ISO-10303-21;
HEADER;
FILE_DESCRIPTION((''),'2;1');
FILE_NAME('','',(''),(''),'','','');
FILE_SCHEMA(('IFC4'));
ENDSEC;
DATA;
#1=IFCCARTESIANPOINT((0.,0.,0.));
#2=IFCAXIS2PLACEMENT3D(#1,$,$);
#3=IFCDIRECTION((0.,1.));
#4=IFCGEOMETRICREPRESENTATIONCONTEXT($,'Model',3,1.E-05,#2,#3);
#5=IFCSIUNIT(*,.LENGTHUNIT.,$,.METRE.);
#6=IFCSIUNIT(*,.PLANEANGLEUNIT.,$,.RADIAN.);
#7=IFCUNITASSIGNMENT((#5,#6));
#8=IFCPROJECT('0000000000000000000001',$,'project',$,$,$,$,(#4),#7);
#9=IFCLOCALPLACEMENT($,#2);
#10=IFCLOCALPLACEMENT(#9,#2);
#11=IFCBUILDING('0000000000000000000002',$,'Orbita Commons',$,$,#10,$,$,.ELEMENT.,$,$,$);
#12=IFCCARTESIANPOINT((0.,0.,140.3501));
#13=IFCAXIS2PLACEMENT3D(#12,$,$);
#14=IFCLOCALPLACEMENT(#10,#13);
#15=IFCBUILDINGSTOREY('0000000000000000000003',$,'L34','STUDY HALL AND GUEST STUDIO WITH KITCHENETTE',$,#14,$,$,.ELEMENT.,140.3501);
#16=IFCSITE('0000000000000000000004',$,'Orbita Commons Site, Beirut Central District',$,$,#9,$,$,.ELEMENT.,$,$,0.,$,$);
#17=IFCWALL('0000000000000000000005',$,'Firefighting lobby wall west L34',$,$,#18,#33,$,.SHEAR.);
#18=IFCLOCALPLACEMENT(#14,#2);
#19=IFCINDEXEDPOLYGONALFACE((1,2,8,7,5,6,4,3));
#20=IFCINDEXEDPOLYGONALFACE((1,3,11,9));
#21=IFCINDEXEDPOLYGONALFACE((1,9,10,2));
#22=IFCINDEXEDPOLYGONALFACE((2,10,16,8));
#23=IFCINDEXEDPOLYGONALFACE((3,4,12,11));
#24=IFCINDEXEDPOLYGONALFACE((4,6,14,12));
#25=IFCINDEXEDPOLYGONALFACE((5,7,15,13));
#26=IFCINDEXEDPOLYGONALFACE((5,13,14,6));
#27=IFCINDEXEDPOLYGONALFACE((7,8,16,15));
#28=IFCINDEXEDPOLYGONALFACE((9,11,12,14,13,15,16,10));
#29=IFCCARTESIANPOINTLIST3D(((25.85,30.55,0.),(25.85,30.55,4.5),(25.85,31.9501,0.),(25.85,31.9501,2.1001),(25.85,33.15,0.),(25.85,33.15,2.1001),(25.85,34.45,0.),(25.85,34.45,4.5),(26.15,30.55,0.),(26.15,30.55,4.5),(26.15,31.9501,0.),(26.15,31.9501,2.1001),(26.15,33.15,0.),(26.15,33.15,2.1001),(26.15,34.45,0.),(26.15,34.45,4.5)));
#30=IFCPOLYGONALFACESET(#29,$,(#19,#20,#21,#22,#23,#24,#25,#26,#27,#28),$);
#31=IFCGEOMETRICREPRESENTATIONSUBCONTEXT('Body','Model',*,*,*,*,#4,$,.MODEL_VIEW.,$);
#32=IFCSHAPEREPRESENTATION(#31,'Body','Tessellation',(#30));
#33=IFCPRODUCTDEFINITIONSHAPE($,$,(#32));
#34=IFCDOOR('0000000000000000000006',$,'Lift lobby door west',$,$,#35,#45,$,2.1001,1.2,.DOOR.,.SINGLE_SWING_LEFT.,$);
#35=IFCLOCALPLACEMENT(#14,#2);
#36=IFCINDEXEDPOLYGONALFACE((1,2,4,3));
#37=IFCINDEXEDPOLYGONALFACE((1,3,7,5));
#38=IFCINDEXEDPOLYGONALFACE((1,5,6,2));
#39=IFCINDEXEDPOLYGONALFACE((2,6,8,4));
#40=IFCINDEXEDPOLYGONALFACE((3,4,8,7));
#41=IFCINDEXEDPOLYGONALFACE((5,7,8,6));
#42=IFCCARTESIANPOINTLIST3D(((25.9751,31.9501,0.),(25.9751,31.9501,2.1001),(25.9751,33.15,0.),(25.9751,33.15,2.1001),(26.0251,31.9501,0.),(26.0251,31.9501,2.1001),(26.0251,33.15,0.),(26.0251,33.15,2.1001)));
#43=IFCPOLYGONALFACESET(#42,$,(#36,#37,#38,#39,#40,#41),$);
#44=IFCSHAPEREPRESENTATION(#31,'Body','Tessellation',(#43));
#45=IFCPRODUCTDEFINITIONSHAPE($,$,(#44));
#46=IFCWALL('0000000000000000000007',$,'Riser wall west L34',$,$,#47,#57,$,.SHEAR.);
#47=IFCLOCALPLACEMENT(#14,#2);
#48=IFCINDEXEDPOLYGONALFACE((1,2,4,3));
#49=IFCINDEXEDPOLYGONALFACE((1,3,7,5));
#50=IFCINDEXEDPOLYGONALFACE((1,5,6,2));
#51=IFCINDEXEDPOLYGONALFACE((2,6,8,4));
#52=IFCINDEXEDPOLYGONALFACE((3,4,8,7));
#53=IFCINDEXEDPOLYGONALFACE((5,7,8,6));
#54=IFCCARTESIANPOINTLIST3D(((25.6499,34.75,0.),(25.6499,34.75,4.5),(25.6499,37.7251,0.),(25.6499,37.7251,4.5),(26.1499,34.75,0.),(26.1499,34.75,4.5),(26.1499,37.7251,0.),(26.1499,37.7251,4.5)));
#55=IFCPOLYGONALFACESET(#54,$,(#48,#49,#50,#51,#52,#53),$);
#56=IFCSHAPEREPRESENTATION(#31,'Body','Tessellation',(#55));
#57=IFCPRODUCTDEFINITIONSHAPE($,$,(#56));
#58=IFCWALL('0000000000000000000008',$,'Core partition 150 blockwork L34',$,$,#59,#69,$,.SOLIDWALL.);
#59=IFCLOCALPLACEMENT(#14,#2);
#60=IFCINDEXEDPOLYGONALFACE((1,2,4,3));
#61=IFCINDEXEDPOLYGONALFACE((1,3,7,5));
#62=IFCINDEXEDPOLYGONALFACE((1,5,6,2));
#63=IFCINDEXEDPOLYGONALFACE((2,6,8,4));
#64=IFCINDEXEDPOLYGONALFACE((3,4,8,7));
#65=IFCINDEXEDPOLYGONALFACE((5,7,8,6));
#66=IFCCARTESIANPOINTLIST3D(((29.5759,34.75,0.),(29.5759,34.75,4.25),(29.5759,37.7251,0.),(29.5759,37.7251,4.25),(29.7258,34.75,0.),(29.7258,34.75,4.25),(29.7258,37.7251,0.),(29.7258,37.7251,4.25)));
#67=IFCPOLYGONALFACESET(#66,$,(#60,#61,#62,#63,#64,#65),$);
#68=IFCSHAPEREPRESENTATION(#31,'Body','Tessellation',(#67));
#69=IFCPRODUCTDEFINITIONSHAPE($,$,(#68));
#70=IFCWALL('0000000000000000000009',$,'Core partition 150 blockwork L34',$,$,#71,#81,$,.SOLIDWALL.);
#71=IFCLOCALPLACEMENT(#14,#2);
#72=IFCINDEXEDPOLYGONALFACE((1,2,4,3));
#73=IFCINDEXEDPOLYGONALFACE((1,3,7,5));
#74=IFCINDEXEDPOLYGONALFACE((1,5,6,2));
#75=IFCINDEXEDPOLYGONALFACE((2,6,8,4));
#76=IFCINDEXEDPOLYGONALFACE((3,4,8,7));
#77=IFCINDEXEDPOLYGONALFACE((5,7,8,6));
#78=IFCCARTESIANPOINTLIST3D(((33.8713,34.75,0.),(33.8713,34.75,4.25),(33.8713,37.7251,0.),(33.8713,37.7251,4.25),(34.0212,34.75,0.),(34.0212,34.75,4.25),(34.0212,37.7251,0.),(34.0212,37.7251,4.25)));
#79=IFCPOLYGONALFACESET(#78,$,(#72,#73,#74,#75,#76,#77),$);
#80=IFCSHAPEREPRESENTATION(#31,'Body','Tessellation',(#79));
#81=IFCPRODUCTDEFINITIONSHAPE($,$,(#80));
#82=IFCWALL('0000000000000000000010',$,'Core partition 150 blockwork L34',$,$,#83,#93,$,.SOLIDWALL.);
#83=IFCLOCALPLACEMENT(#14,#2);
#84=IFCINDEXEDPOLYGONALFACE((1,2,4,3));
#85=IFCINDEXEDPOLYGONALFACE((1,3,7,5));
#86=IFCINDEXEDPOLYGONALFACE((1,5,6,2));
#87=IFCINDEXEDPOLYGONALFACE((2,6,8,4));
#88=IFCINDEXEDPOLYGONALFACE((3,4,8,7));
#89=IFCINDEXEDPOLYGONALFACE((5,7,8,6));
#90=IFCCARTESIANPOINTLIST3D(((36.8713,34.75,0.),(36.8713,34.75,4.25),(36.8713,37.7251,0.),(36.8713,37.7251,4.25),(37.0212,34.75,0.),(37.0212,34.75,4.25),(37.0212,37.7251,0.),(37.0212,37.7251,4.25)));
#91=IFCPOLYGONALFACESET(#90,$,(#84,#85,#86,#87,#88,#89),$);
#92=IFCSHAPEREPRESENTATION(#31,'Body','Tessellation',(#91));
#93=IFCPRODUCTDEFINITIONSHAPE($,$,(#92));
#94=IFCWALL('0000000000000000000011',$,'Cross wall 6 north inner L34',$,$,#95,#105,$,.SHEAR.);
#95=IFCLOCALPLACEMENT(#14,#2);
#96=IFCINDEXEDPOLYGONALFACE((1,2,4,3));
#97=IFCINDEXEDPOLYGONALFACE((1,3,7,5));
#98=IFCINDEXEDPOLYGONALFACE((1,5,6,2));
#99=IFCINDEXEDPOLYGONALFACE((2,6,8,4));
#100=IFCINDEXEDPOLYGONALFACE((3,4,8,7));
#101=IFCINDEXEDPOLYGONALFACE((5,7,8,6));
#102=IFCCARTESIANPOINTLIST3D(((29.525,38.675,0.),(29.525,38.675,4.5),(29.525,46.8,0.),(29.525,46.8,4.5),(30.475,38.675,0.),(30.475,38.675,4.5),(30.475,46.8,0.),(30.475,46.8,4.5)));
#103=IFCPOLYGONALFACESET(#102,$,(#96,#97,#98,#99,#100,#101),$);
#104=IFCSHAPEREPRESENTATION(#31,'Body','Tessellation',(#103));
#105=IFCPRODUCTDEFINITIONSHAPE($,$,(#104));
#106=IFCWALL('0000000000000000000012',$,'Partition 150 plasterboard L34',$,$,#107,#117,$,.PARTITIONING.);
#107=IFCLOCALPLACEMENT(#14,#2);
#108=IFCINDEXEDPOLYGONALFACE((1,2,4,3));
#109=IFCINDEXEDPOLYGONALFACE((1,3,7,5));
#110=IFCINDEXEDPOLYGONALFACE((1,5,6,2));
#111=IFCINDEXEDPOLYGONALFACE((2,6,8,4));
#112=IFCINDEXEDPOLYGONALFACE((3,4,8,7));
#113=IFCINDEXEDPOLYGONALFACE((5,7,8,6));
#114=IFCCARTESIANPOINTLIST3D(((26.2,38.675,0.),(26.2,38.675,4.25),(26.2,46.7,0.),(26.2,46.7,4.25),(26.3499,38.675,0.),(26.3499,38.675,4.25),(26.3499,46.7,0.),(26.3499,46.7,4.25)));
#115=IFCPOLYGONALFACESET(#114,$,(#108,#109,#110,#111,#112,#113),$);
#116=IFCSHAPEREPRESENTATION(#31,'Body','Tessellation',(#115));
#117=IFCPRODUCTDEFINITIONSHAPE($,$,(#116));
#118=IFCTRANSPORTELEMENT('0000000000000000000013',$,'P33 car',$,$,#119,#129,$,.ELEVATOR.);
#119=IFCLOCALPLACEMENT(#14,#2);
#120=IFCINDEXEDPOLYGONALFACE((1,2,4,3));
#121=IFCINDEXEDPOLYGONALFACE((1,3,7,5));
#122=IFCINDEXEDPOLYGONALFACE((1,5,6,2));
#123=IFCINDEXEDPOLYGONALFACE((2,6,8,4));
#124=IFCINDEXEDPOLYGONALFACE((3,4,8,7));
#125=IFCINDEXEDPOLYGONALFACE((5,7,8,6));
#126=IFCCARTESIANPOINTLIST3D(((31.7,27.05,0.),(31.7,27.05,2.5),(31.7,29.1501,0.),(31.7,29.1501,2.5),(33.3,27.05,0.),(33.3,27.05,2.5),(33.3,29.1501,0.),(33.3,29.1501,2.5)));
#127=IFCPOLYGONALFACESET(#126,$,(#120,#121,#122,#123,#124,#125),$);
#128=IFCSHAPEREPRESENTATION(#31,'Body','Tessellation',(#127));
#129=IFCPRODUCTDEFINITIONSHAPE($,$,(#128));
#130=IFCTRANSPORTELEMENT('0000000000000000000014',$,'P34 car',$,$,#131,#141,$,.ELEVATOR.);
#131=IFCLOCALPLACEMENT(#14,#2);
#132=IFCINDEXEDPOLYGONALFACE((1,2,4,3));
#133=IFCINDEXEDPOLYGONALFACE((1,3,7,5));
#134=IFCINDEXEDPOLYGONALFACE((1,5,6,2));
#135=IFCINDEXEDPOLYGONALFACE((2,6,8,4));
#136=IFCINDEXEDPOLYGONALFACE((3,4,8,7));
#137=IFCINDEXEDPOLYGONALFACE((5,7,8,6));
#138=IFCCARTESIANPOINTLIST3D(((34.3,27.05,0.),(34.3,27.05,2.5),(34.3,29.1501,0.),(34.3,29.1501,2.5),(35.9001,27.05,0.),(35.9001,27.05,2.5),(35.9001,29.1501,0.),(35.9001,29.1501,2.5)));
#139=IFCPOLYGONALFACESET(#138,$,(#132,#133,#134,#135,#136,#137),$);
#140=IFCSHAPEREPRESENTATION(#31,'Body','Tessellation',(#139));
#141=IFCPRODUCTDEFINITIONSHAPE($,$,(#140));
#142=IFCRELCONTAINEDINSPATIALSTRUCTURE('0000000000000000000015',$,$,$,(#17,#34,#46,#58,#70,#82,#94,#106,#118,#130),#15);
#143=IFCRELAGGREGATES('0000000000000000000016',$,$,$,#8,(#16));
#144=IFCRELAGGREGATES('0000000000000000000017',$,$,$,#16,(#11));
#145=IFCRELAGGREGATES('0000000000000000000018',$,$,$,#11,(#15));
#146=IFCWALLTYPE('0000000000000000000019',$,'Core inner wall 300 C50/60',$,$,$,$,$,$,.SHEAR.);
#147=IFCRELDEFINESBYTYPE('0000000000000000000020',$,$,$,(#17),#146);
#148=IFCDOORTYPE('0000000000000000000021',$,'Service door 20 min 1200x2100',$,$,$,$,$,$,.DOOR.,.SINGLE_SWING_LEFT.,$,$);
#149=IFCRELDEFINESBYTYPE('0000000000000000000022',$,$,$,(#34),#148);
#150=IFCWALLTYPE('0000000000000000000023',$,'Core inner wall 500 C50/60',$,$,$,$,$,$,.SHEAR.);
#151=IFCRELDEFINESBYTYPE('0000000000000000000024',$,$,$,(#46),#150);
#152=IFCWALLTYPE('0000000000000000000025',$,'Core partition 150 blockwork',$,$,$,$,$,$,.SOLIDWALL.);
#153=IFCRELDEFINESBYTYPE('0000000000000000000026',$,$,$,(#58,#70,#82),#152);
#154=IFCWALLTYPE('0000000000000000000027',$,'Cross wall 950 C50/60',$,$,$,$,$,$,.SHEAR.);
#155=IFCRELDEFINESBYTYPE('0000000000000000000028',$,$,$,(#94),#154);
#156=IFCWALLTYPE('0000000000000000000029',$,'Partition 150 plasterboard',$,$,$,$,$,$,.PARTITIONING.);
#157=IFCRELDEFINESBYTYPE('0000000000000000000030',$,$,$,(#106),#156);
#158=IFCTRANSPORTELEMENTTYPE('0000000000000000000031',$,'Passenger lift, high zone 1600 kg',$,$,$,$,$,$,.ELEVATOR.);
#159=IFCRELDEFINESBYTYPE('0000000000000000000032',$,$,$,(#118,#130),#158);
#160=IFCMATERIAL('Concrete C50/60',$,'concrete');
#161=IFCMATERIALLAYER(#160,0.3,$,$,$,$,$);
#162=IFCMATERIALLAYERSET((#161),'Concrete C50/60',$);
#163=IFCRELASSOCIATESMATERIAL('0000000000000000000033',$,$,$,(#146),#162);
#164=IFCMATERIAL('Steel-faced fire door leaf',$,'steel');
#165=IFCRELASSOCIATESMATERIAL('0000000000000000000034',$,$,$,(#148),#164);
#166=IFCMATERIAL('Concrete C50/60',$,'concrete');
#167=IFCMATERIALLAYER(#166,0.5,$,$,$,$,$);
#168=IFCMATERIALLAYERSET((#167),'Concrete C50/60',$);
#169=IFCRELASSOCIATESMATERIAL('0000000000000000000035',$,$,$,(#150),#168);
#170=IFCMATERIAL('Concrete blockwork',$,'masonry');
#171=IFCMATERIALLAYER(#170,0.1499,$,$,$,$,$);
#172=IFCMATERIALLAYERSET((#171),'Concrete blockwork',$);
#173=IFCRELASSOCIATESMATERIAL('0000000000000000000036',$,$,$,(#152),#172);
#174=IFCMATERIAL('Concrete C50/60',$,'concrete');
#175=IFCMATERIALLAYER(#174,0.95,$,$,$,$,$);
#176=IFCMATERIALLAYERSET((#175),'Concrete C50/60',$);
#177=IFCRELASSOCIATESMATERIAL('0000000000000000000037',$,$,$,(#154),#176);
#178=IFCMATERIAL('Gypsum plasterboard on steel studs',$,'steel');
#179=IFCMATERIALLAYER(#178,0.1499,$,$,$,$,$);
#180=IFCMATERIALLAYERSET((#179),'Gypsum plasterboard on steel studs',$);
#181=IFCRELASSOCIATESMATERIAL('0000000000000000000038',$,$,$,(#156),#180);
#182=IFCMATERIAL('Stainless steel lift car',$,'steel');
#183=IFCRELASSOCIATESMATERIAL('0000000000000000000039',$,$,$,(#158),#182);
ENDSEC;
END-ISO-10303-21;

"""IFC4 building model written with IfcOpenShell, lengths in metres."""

from ifc_helpers import new_model, si_unit, direction, frame, frame_2d, origin, origin_2d, place, context, subcontext, project, spatial, rectangle, extrude, material, layer, layer_set, type_object, element, fill, save


model = new_model("IFC4")

# Units and contexts
model_context = context("Model", 3, precision=1e-05, world=origin(), true_north=direction((0.0, 1.0)))
body_context = subcontext(model_context, "Body", "Model", "MODEL_VIEW")
ifc_project = project(units=[si_unit("LENGTHUNIT", "METRE"), si_unit("PLANEANGLEUNIT", "RADIAN")], contexts=[model_context])

# Site, building, storey
site_placement = place(None, origin())
site = spatial("IfcSite", under=ifc_project, at=site_placement, Name="Orbita Commons Site, Beirut Central District", CompositionType="ELEMENT", RefElevation=0.0)
building_placement = place(site_placement, origin())
building = spatial("IfcBuilding", under=site, at=building_placement, Name="Orbita Commons", CompositionType="ELEMENT")
storey_placement = place(building_placement, frame((0.0, 0.0, 140.3501)))
storey = spatial("IfcBuildingStorey", under=building, at=storey_placement, Name="L34", Description="STUDY HALL AND GUEST STUDIO WITH KITCHENETTE", CompositionType="ELEMENT", Elevation=140.3501)

# Wall, opening, door
ifc_material_1 = material(Name="Concrete C50/60", Category="concrete")
ifc_layer_1 = layer(ifc_material_1, 0.3)
ifc_layer_set_1 = layer_set([ifc_layer_1], Name="Concrete C50/60")
wall_type_1 = type_object("IfcWallType", Name="Core inner wall 300 C50/60", PredefinedType="SHEAR", material=ifc_layer_set_1)
wall_1_placement = place(storey_placement, frame((26.0, 30.55, 0.0), z_axis=(0.0, 0.0, 1.0), x_axis=(0.0, 1.0, 0.0)))
wall_1 = element("IfcWall", 1, at=wall_1_placement, inside=storey, type_object=wall_type_1, Name="Firefighting lobby wall west L34", PredefinedType="SHEAR", context=body_context, shape_type="SweptSolid", body=[
    extrude(rectangle(XDim=3.8999, YDim=0.3, at=frame_2d((1.95, 0.0))), origin(), (0.0, 0.0, 1.0), 4.5),
])
opening_placement = place(wall_1_placement, frame((1.3999, 0.0, 0.0)))
opening = element("IfcOpeningElement", 2, at=opening_placement, cuts=wall_1, PredefinedType="OPENING", context=body_context, shape_type="SweptSolid", body=[
    extrude(rectangle(XDim=1.2, YDim=2.1001, at=frame_2d((0.6001, 1.05))), frame((0.0, 0.1599, 0.0), z_axis=(0.0, -1.0, 0.0), x_axis=(1.0, 0.0, 0.0)), (0.0, 0.0, 1.0), 0.3201),
])
ifc_material_2 = material(Name="Steel-faced fire door leaf", Category="steel")
door_type = type_object("IfcDoorType", Name="Service door 20 min 1200x2100", OperationType="SINGLE_SWING_LEFT", PredefinedType="DOOR", material=ifc_material_2)
door_placement = place(opening_placement, origin())
door = element("IfcDoor", 3, at=door_placement, inside=storey, type_object=door_type, Name="Lift lobby door west", OperationType="SINGLE_SWING_LEFT", OverallHeight=2.1001, OverallWidth=1.2, PredefinedType="DOOR", context=body_context, shape_type="SweptSolid", body=[
    extrude(rectangle(XDim=1.2, YDim=2.1001, at=frame_2d((0.6001, 1.05))), frame((0.0, 0.0249, 0.0), z_axis=(0.0, -1.0, 0.0), x_axis=(1.0, 0.0, 0.0)), (0.0, 0.0, 1.0), 0.05),
])
fill(opening, door)

# Walls
ifc_material_3 = material(Name="Concrete C50/60", Category="concrete")
ifc_layer_2 = layer(ifc_material_3, 0.5)
ifc_layer_set_2 = layer_set([ifc_layer_2], Name="Concrete C50/60")
wall_type_2 = type_object("IfcWallType", Name="Core inner wall 500 C50/60", PredefinedType="SHEAR", material=ifc_layer_set_2)
wall_2_placement = place(storey_placement, frame((25.8999, 34.75, 0.0), z_axis=(0.0, 0.0, 1.0), x_axis=(0.0, 1.0, 0.0)))
element("IfcWall", 4, at=wall_2_placement, inside=storey, type_object=wall_type_2, Name="Riser wall west L34", PredefinedType="SHEAR", context=body_context, shape_type="SweptSolid", body=[
    extrude(rectangle(XDim=2.9751, YDim=0.5, at=frame_2d((1.4875, 0.0))), origin(), (0.0, 0.0, 1.0), 4.5),
])
ifc_material_4 = material(Name="Concrete blockwork", Category="masonry")
ifc_layer_3 = layer(ifc_material_4, 0.1499)
ifc_layer_set_3 = layer_set([ifc_layer_3], Name="Concrete blockwork")
wall_type_3 = type_object("IfcWallType", Name="Core partition 150 blockwork", PredefinedType="SOLIDWALL", material=ifc_layer_set_3)
for number, where, z_axis, x_axis, name in (
    (5, (29.6509, 34.75, 0.0), (0.0, 0.0, 1.0), (0.0, 1.0, 0.0), "Core partition 150 blockwork L34"),
    (6, (33.9463, 34.75, 0.0), (0.0, 0.0, 1.0), (0.0, 1.0, 0.0), "Core partition 150 blockwork L34"),
    (7, (36.9463, 34.75, 0.0), (0.0, 0.0, 1.0), (0.0, 1.0, 0.0), "Core partition 150 blockwork L34"),
):
    element("IfcWall", number, at=place(storey_placement, frame(where, z_axis=z_axis, x_axis=x_axis)), inside=storey, type_object=wall_type_3, Name=name, PredefinedType="SOLIDWALL", context=body_context, shape_type="SweptSolid", body=[
        extrude(rectangle(XDim=2.9751, YDim=0.1499, at=frame_2d((1.4875, 0.0))), origin(), (0.0, 0.0, 1.0), 4.25),
    ])
ifc_material_5 = material(Name="Concrete C50/60", Category="concrete")
ifc_layer_4 = layer(ifc_material_5, 0.95)
ifc_layer_set_4 = layer_set([ifc_layer_4], Name="Concrete C50/60")
wall_type_4 = type_object("IfcWallType", Name="Cross wall 950 C50/60", PredefinedType="SHEAR", material=ifc_layer_set_4)
wall_3_placement = place(storey_placement, frame((30.0, 38.675, 0.0), z_axis=(0.0, 0.0, 1.0), x_axis=(0.0, 1.0, 0.0)))
element("IfcWall", 8, at=wall_3_placement, inside=storey, type_object=wall_type_4, Name="Cross wall 6 north inner L34", PredefinedType="SHEAR", context=body_context, shape_type="SweptSolid", body=[
    extrude(rectangle(XDim=8.125, YDim=0.95, at=frame_2d((4.0625, 0.0))), origin(), (0.0, 0.0, 1.0), 4.5),
])
ifc_material_6 = material(Name="Gypsum plasterboard on steel studs", Category="steel")
ifc_layer_5 = layer(ifc_material_6, 0.1499)
ifc_layer_set_5 = layer_set([ifc_layer_5], Name="Gypsum plasterboard on steel studs")
wall_type_5 = type_object("IfcWallType", Name="Partition 150 plasterboard", PredefinedType="PARTITIONING", material=ifc_layer_set_5)
wall_4_placement = place(storey_placement, frame((26.2749, 38.675, 0.0), z_axis=(0.0, 0.0, 1.0), x_axis=(0.0, 1.0, 0.0)))
element("IfcWall", 9, at=wall_4_placement, inside=storey, type_object=wall_type_5, Name="Partition 150 plasterboard L34", PredefinedType="PARTITIONING", context=body_context, shape_type="SweptSolid", body=[
    extrude(rectangle(XDim=8.0249, YDim=0.1499, at=frame_2d((4.0125, 0.0))), origin(), (0.0, 0.0, 1.0), 4.25),
])

# Transport elements
ifc_material_7 = material(Name="Stainless steel lift car", Category="steel")
transport_element_type = type_object("IfcTransportElementType", Name="Passenger lift, high zone 1600 kg", PredefinedType="ELEVATOR", material=ifc_material_7)
transport_element_1_placement = place(storey_placement, frame((32.5, 28.1001, 0.0), z_axis=(0.0, 0.0, 1.0), x_axis=(1.0, 0.0, 0.0)))
element("IfcTransportElement", 10, at=transport_element_1_placement, inside=storey, type_object=transport_element_type, Name="P33 car", PredefinedType="ELEVATOR", context=body_context, shape_type="SweptSolid", body=[
    extrude(rectangle(XDim=1.6001, YDim=2.1001, at=origin_2d()), origin(), (0.0, 0.0, 1.0), 2.5),
])
transport_element_2_placement = place(storey_placement, frame((35.1001, 28.1001, 0.0), z_axis=(0.0, 0.0, 1.0), x_axis=(1.0, 0.0, 0.0)))
element("IfcTransportElement", 11, at=transport_element_2_placement, inside=storey, type_object=transport_element_type, Name="P34 car", PredefinedType="ELEVATOR", context=body_context, shape_type="SweptSolid", body=[
    extrude(rectangle(XDim=1.6001, YDim=2.1001, at=origin_2d()), origin(), (0.0, 0.0, 1.0), 2.5),
])

save(model, "model.ifc")
